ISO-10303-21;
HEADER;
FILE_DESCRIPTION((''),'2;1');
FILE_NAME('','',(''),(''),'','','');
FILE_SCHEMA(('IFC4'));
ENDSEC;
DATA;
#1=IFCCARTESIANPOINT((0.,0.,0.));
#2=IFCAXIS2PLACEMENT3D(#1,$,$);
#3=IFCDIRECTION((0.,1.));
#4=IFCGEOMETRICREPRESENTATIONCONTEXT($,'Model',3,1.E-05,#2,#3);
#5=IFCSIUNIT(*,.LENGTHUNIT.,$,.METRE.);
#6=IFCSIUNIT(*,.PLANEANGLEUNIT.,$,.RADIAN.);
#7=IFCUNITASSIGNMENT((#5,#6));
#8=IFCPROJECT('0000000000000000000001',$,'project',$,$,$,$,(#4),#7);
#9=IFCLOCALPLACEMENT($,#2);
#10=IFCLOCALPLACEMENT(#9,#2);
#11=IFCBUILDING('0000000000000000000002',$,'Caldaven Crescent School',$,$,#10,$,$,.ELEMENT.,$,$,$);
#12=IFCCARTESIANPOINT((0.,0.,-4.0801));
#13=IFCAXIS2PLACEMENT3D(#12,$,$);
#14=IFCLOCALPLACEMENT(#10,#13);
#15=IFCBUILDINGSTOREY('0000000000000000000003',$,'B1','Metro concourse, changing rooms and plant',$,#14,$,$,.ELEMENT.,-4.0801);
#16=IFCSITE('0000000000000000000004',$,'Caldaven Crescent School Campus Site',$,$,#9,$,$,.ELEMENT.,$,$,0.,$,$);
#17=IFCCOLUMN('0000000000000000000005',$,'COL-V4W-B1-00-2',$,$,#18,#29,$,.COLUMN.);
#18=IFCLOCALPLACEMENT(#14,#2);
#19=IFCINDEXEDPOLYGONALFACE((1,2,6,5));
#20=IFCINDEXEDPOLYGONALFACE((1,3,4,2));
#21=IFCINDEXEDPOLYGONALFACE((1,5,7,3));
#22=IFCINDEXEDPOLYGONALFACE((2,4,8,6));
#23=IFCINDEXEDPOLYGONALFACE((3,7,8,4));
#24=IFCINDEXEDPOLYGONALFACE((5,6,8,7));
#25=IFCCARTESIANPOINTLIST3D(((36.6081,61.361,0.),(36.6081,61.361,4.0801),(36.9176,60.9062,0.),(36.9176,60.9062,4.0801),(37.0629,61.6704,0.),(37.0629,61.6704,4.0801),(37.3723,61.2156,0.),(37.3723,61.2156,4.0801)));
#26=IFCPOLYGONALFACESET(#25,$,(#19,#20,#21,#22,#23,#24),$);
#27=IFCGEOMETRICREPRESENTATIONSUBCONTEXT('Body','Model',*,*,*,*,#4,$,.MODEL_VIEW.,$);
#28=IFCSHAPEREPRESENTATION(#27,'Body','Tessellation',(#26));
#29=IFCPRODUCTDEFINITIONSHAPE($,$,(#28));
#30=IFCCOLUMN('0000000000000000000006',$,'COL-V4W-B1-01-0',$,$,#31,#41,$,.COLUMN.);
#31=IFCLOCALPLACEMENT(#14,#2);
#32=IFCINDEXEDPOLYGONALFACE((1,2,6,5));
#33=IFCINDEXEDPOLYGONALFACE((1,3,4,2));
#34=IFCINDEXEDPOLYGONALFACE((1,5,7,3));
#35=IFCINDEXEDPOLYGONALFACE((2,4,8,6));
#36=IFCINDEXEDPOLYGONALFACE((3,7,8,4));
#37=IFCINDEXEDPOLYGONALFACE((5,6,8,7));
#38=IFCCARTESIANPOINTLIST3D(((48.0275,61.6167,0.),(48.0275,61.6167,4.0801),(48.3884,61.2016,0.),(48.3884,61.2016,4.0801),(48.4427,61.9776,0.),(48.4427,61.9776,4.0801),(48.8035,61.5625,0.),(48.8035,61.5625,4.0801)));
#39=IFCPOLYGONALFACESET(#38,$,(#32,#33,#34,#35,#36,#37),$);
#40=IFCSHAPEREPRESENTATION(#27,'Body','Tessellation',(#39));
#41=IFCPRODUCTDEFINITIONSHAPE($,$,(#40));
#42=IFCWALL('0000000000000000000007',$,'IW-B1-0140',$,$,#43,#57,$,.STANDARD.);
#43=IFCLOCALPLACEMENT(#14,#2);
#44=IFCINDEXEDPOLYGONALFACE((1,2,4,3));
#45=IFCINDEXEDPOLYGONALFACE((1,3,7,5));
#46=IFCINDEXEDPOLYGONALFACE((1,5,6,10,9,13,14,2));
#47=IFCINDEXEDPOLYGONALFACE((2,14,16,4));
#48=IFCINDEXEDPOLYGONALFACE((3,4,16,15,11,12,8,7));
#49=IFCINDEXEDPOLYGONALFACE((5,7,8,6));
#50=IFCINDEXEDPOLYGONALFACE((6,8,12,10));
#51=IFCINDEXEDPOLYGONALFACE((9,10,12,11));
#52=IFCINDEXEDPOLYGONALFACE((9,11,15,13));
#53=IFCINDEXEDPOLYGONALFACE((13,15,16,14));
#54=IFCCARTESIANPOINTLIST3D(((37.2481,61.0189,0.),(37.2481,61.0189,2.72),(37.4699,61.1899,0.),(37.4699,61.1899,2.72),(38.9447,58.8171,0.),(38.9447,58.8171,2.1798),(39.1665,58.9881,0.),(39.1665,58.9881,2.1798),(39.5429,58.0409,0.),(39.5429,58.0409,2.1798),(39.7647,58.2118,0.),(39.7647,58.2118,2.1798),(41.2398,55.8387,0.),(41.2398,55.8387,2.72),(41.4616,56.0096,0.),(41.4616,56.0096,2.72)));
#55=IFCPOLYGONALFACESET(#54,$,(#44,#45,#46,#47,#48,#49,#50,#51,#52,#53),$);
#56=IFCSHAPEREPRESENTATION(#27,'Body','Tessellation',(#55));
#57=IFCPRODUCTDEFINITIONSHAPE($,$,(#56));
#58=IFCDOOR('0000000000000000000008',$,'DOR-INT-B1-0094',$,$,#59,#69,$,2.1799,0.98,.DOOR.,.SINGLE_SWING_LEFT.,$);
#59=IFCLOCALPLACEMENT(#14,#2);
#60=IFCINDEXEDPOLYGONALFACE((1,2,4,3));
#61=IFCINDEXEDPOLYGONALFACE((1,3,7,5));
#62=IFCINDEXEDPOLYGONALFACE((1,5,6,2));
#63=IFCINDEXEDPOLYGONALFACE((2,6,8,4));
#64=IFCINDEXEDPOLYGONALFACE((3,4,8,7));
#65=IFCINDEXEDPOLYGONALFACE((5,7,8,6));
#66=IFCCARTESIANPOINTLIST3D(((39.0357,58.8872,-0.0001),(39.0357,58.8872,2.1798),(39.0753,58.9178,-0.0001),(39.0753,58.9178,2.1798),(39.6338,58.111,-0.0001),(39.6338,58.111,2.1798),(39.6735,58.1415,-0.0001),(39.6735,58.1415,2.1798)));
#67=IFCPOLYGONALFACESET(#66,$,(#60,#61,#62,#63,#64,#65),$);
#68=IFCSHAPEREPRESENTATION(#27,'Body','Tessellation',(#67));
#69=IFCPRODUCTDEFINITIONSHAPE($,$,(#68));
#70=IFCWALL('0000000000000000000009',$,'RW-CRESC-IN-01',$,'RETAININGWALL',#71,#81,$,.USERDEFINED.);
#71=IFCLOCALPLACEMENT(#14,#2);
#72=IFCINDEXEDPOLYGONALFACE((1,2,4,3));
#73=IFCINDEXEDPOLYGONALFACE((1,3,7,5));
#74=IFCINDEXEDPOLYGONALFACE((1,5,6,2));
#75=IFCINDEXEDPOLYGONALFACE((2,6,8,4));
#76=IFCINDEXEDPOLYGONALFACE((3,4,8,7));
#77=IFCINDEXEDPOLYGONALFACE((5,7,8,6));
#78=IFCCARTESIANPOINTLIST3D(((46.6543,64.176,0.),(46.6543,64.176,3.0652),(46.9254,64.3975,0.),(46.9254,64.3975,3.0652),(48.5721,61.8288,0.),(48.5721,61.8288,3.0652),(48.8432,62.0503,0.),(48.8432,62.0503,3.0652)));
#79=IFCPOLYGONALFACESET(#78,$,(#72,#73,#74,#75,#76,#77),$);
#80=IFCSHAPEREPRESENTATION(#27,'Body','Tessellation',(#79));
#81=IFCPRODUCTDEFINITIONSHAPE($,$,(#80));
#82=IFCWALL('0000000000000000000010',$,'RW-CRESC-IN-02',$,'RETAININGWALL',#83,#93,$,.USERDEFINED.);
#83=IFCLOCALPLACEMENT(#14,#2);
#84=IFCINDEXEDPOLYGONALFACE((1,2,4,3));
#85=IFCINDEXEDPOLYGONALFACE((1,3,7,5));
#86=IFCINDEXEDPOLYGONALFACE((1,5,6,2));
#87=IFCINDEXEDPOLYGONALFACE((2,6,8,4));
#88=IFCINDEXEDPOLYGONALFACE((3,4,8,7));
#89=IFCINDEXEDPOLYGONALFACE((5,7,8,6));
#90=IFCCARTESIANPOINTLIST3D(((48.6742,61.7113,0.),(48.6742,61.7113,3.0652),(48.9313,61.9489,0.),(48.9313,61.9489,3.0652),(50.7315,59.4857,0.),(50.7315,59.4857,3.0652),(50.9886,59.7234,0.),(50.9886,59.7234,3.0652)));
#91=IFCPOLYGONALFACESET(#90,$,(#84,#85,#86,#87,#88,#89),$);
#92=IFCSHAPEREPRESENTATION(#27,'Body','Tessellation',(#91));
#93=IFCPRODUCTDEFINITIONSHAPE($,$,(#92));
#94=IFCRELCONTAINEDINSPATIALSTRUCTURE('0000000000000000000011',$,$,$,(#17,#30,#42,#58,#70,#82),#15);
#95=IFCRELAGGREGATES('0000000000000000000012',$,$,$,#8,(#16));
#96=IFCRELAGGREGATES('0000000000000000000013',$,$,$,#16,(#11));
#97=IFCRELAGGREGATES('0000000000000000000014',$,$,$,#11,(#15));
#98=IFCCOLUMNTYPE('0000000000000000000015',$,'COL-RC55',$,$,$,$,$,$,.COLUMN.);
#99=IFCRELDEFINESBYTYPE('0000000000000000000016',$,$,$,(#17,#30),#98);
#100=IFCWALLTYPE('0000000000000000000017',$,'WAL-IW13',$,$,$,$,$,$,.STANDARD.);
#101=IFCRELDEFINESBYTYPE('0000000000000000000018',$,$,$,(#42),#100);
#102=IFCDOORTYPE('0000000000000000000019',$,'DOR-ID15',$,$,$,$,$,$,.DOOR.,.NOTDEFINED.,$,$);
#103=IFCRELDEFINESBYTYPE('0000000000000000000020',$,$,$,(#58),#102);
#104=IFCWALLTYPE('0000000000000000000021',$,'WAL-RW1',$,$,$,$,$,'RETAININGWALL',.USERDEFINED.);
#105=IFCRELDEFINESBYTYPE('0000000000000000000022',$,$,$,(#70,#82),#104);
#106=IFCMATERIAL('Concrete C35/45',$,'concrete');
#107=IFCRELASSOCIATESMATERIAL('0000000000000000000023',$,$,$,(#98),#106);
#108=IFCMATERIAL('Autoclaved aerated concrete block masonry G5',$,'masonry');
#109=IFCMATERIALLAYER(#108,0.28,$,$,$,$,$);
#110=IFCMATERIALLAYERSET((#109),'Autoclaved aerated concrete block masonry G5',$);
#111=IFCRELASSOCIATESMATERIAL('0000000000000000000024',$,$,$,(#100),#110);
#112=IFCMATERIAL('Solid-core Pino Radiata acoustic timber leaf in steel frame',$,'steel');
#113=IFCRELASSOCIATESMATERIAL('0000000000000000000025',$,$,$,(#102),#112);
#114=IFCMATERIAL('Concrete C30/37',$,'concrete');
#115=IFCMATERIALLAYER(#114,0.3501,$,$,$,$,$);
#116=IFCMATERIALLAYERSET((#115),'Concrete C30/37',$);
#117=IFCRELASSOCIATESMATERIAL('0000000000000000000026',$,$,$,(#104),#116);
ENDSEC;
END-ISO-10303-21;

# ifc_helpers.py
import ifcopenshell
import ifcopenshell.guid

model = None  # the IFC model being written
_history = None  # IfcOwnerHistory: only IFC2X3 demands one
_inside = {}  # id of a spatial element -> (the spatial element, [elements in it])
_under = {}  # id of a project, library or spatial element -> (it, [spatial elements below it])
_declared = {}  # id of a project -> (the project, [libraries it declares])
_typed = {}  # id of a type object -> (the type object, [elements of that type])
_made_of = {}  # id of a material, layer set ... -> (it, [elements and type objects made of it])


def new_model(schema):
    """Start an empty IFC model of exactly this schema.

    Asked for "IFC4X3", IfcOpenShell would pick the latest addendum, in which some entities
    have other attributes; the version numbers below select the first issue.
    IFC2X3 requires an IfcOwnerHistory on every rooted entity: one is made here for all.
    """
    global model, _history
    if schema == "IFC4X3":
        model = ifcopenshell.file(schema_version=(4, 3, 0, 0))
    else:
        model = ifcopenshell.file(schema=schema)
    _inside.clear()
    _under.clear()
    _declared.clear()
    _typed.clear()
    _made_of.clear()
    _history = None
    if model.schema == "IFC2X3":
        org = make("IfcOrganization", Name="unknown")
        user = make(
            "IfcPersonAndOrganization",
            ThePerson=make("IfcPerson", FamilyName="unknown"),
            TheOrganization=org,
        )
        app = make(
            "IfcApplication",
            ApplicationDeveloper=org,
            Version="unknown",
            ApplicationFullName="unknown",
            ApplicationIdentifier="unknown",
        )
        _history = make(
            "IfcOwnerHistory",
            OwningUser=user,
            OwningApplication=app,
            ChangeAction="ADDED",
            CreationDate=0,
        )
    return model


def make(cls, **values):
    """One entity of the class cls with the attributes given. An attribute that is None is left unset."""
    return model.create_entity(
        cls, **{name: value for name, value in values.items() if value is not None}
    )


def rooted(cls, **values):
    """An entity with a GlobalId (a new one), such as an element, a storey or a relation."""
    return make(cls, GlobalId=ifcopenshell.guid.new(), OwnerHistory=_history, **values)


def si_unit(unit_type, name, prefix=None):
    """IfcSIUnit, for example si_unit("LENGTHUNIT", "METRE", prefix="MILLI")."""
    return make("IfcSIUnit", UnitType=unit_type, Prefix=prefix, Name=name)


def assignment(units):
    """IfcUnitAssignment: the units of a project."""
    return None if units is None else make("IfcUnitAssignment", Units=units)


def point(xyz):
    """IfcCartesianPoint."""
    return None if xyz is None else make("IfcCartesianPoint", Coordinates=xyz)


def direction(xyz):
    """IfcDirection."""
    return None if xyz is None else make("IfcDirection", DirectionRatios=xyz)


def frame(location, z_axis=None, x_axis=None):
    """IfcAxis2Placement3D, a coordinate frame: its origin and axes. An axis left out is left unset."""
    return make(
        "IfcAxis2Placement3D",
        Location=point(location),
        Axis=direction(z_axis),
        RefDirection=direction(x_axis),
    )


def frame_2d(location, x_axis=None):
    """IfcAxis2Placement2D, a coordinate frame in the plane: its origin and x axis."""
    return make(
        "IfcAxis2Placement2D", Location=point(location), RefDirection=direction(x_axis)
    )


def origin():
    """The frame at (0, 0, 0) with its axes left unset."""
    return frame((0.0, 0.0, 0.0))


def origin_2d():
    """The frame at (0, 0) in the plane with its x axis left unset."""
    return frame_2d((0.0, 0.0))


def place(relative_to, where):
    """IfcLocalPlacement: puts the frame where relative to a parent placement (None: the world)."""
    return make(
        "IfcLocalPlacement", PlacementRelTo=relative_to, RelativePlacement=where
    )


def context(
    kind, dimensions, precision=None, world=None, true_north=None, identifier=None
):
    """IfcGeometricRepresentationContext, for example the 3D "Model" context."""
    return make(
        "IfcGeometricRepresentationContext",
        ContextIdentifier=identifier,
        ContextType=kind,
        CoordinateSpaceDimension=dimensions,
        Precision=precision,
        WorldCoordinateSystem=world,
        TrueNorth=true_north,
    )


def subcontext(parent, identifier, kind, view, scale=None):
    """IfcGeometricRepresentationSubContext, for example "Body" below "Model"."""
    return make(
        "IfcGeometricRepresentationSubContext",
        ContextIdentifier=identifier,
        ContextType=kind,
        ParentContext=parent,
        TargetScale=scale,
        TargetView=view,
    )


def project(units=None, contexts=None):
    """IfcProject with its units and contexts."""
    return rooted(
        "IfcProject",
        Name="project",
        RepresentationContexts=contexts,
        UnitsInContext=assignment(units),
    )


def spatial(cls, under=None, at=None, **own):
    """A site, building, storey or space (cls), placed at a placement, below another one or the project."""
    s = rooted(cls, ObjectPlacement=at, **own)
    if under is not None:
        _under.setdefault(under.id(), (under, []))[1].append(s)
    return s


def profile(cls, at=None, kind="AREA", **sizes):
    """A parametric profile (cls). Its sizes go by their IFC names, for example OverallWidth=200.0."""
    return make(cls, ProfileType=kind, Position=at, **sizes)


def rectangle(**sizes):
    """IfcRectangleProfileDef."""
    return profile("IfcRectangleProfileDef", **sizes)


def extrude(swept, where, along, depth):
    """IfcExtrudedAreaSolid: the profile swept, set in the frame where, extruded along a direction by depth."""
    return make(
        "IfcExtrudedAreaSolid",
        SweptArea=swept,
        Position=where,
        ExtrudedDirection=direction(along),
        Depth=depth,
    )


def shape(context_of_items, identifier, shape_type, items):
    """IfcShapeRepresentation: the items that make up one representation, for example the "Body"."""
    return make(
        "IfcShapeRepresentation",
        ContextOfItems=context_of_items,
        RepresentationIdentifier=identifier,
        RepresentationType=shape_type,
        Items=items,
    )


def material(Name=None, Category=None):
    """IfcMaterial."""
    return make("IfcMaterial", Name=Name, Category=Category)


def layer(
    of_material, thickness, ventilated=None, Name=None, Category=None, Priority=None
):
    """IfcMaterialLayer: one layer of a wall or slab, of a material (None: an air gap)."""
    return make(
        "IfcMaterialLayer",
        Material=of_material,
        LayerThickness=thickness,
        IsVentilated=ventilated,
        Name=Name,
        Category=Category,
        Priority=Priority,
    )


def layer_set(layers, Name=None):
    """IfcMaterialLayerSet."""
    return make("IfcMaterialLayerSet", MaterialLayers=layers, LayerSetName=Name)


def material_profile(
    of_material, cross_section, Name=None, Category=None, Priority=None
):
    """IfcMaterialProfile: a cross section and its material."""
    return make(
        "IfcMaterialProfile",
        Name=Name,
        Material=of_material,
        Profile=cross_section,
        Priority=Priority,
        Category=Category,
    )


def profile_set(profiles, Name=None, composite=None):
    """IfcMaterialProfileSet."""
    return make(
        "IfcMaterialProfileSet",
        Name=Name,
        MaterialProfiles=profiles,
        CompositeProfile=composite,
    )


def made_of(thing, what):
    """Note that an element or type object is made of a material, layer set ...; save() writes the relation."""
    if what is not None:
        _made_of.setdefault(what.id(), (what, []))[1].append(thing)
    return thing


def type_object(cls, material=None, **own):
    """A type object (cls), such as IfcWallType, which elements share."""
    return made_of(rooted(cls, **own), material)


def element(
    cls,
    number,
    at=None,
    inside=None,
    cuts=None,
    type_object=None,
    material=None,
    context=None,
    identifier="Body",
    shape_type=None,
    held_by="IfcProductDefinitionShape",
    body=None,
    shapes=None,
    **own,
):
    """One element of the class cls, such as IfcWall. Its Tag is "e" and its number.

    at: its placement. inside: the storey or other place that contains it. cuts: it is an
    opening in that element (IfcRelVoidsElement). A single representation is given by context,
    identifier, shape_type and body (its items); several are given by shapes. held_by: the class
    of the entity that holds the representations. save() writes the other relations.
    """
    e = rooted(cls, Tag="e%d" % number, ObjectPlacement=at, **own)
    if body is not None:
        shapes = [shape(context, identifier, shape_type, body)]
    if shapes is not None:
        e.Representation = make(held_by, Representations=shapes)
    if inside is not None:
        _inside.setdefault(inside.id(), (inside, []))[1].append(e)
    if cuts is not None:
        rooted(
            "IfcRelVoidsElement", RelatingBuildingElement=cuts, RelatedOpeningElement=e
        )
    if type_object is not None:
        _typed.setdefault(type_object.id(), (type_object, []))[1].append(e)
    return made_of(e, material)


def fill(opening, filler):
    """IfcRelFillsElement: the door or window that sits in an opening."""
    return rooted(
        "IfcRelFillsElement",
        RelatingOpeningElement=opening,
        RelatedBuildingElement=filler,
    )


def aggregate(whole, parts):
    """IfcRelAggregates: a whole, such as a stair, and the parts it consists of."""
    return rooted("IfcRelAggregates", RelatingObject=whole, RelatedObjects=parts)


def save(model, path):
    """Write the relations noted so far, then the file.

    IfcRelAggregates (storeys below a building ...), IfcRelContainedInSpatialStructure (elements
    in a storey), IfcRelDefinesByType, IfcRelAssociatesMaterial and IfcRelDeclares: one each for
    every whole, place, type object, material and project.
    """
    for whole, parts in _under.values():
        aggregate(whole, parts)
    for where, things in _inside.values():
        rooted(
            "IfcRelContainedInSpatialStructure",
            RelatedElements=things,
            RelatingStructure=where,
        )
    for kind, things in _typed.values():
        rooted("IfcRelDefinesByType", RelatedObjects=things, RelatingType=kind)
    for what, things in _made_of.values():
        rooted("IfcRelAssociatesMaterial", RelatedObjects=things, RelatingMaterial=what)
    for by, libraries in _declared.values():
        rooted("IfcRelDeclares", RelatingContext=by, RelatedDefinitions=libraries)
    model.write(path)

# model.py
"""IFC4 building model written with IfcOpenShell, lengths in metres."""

from ifc_helpers import new_model, si_unit, direction, frame, frame_2d, origin, origin_2d, place, context, subcontext, project, spatial, rectangle, extrude, material, layer, layer_set, material_profile, profile_set, type_object, element, fill, save


model = new_model("IFC4")

# Units and contexts
model_context = context("Model", 3, precision=1e-05, world=origin(), true_north=direction((0.0, 1.0)))
body_context = subcontext(model_context, "Body", "Model", "MODEL_VIEW")
ifc_project = project(units=[si_unit("LENGTHUNIT", "METRE"), si_unit("PLANEANGLEUNIT", "RADIAN")], contexts=[model_context])

# Site, building, storey
site_placement = place(None, origin())
site = spatial("IfcSite", under=ifc_project, at=site_placement, Name="Caldaven Crescent School Campus Site", CompositionType="ELEMENT", RefElevation=0.0)
building_placement = place(site_placement, origin())
building = spatial("IfcBuilding", under=site, at=building_placement, Name="Caldaven Crescent School", CompositionType="ELEMENT")
storey_placement = place(building_placement, frame((0.0, 0.0, -4.0801)))
storey = spatial("IfcBuildingStorey", under=building, at=storey_placement, Name="B1", Description="Metro concourse, changing rooms and plant", CompositionType="ELEMENT", Elevation=-4.0801)

# Shared definitions
ifc_material_1 = material(Name="Concrete C30/37", Category="concrete")
ifc_material_2 = material(Name="Concrete C35/45", Category="concrete")

# Columns
ifc_material_profile_1 = material_profile(ifc_material_2, rectangle(XDim=0.55, YDim=0.55, at=origin_2d()), Name="RC 550x550")
ifc_profile_set_1 = profile_set([ifc_material_profile_1], Name="Concrete C35/45")
column_type = type_object("IfcColumnType", Name="COL-RC55", PredefinedType="COLUMN", material=ifc_profile_set_1)
for number, where, z_axis, x_axis, name in (
    (1, (36.9902, 61.2883, 0.0), (0.0, 0.0, 1.0), (-0.826786, -0.562516, 0.0), "COL-V4W-B1-00-2"),
    (2, (48.4155, 61.5896, 0.0), (0.0, 0.0, 1.0), (-0.75471, -0.656059, 0.0), "COL-V4W-B1-01-0"),
):
    element("IfcColumn", number, at=place(storey_placement, frame(where, z_axis=z_axis, x_axis=x_axis)), inside=storey, type_object=column_type, Name=name, PredefinedType="COLUMN", context=body_context, shape_type="SweptSolid", body=[
        extrude(rectangle(XDim=0.55, YDim=0.55, at=origin_2d()), origin(), (0.0, 0.0, 1.0), 4.0801),
    ])

# Wall, opening, door
ifc_material_3 = material(Name="Autoclaved aerated concrete block masonry G5", Category="masonry")
ifc_material_4 = material(Name="Solid-core Pino Radiata acoustic timber leaf in steel frame", Category="steel")
ifc_layer_1 = layer(ifc_material_3, 0.28)
ifc_layer_set_1 = layer_set([ifc_layer_1], Name="Autoclaved aerated concrete block masonry G5")
wall_type_1 = type_object("IfcWallType", Name="WAL-IW13", PredefinedType="STANDARD", material=ifc_layer_set_1)
wall_1_placement = place(storey_placement, frame((37.3589, 61.1045, 0.0), z_axis=(0.0, 0.0, 1.0), x_axis=(0.610378, -0.79211, 0.0)))
wall_1 = element("IfcWall", 3, at=wall_1_placement, inside=storey, type_object=wall_type_1, Name="IW-B1-0140", PredefinedType="STANDARD", context=body_context, shape_type="SweptSolid", body=[
    extrude(rectangle(XDim=6.5398, YDim=0.28, at=frame_2d((3.27, 0.0))), origin(), (0.0, 0.0, 1.0), 2.72),
])
opening_1_placement = place(wall_1_placement, frame((2.7798, 0.0, 0.0)))
opening_1 = element("IfcOpeningElement", 4, at=opening_1_placement, cuts=wall_1, PredefinedType="OPENING", context=body_context, shape_type="SweptSolid", body=[
    extrude(rectangle(XDim=0.98, YDim=2.1799, at=frame_2d((0.49, 1.0898))), frame((0.0, 0.1499, 0.0), z_axis=(0.0, -1.0, 0.0), x_axis=(1.0, 0.0, 0.0)), (0.0, 0.0, 1.0), 0.3),
])
door_type_1 = type_object("IfcDoorType", Name="DOR-ID15", OperationType="NOTDEFINED", PredefinedType="DOOR", material=ifc_material_4)
door_1_placement = place(opening_1_placement, origin())
door_1 = element("IfcDoor", 5, at=door_1_placement, inside=storey, type_object=door_type_1, Name="DOR-INT-B1-0094", OperationType="SINGLE_SWING_LEFT", OverallHeight=2.1799, OverallWidth=0.98, PredefinedType="DOOR", context=body_context, shape_type="SweptSolid", body=[
    extrude(rectangle(XDim=0.98, YDim=2.1799, at=frame_2d((0.49, 1.0898))), frame((0.0, 0.0249, 0.0), z_axis=(0.0, -1.0, 0.0), x_axis=(1.0, 0.0, 0.0)), (0.0, 0.0, 1.0), 0.05),
])
fill(opening_1, door_1)

# Walls
ifc_layer_2 = layer(ifc_material_1, 0.3501)
ifc_layer_set_2 = layer_set([ifc_layer_2], Name="Concrete C30/37")
wall_type_2 = type_object("IfcWallType", Name="WAL-RW1", ElementType="RETAININGWALL", PredefinedType="USERDEFINED", material=ifc_layer_set_2)
wall_2_placement = place(storey_placement, frame((46.7898, 64.2869, 0.0), z_axis=(0.0, 0.0, 1.0), x_axis=(0.632707, -0.774391, 0.0)))
element("IfcWall", 6, at=wall_2_placement, inside=storey, type_object=wall_type_2, Name="RW-CRESC-IN-01", ObjectType="RETAININGWALL", PredefinedType="USERDEFINED", context=body_context, shape_type="SweptSolid", body=[
    extrude(rectangle(XDim=3.031, YDim=0.3501, at=frame_2d((1.5156, 0.0))), origin(), (0.0, 0.0, 1.0), 3.0652),
])
wall_3_placement = place(storey_placement, frame((48.8027, 61.8301, 0.0), z_axis=(0.0, 0.0, 1.0), x_axis=(0.678812, -0.734312, 0.0)))
element("IfcWall", 7, at=wall_3_placement, inside=storey, type_object=wall_type_2, Name="RW-CRESC-IN-02", ObjectType="RETAININGWALL", PredefinedType="USERDEFINED", context=body_context, shape_type="SweptSolid", body=[
    extrude(rectangle(XDim=3.0308, YDim=0.3501, at=frame_2d((1.5154, 0.0))), origin(), (0.0, 0.0, 1.0), 3.0652),
])

save(model, "model.ifc")
